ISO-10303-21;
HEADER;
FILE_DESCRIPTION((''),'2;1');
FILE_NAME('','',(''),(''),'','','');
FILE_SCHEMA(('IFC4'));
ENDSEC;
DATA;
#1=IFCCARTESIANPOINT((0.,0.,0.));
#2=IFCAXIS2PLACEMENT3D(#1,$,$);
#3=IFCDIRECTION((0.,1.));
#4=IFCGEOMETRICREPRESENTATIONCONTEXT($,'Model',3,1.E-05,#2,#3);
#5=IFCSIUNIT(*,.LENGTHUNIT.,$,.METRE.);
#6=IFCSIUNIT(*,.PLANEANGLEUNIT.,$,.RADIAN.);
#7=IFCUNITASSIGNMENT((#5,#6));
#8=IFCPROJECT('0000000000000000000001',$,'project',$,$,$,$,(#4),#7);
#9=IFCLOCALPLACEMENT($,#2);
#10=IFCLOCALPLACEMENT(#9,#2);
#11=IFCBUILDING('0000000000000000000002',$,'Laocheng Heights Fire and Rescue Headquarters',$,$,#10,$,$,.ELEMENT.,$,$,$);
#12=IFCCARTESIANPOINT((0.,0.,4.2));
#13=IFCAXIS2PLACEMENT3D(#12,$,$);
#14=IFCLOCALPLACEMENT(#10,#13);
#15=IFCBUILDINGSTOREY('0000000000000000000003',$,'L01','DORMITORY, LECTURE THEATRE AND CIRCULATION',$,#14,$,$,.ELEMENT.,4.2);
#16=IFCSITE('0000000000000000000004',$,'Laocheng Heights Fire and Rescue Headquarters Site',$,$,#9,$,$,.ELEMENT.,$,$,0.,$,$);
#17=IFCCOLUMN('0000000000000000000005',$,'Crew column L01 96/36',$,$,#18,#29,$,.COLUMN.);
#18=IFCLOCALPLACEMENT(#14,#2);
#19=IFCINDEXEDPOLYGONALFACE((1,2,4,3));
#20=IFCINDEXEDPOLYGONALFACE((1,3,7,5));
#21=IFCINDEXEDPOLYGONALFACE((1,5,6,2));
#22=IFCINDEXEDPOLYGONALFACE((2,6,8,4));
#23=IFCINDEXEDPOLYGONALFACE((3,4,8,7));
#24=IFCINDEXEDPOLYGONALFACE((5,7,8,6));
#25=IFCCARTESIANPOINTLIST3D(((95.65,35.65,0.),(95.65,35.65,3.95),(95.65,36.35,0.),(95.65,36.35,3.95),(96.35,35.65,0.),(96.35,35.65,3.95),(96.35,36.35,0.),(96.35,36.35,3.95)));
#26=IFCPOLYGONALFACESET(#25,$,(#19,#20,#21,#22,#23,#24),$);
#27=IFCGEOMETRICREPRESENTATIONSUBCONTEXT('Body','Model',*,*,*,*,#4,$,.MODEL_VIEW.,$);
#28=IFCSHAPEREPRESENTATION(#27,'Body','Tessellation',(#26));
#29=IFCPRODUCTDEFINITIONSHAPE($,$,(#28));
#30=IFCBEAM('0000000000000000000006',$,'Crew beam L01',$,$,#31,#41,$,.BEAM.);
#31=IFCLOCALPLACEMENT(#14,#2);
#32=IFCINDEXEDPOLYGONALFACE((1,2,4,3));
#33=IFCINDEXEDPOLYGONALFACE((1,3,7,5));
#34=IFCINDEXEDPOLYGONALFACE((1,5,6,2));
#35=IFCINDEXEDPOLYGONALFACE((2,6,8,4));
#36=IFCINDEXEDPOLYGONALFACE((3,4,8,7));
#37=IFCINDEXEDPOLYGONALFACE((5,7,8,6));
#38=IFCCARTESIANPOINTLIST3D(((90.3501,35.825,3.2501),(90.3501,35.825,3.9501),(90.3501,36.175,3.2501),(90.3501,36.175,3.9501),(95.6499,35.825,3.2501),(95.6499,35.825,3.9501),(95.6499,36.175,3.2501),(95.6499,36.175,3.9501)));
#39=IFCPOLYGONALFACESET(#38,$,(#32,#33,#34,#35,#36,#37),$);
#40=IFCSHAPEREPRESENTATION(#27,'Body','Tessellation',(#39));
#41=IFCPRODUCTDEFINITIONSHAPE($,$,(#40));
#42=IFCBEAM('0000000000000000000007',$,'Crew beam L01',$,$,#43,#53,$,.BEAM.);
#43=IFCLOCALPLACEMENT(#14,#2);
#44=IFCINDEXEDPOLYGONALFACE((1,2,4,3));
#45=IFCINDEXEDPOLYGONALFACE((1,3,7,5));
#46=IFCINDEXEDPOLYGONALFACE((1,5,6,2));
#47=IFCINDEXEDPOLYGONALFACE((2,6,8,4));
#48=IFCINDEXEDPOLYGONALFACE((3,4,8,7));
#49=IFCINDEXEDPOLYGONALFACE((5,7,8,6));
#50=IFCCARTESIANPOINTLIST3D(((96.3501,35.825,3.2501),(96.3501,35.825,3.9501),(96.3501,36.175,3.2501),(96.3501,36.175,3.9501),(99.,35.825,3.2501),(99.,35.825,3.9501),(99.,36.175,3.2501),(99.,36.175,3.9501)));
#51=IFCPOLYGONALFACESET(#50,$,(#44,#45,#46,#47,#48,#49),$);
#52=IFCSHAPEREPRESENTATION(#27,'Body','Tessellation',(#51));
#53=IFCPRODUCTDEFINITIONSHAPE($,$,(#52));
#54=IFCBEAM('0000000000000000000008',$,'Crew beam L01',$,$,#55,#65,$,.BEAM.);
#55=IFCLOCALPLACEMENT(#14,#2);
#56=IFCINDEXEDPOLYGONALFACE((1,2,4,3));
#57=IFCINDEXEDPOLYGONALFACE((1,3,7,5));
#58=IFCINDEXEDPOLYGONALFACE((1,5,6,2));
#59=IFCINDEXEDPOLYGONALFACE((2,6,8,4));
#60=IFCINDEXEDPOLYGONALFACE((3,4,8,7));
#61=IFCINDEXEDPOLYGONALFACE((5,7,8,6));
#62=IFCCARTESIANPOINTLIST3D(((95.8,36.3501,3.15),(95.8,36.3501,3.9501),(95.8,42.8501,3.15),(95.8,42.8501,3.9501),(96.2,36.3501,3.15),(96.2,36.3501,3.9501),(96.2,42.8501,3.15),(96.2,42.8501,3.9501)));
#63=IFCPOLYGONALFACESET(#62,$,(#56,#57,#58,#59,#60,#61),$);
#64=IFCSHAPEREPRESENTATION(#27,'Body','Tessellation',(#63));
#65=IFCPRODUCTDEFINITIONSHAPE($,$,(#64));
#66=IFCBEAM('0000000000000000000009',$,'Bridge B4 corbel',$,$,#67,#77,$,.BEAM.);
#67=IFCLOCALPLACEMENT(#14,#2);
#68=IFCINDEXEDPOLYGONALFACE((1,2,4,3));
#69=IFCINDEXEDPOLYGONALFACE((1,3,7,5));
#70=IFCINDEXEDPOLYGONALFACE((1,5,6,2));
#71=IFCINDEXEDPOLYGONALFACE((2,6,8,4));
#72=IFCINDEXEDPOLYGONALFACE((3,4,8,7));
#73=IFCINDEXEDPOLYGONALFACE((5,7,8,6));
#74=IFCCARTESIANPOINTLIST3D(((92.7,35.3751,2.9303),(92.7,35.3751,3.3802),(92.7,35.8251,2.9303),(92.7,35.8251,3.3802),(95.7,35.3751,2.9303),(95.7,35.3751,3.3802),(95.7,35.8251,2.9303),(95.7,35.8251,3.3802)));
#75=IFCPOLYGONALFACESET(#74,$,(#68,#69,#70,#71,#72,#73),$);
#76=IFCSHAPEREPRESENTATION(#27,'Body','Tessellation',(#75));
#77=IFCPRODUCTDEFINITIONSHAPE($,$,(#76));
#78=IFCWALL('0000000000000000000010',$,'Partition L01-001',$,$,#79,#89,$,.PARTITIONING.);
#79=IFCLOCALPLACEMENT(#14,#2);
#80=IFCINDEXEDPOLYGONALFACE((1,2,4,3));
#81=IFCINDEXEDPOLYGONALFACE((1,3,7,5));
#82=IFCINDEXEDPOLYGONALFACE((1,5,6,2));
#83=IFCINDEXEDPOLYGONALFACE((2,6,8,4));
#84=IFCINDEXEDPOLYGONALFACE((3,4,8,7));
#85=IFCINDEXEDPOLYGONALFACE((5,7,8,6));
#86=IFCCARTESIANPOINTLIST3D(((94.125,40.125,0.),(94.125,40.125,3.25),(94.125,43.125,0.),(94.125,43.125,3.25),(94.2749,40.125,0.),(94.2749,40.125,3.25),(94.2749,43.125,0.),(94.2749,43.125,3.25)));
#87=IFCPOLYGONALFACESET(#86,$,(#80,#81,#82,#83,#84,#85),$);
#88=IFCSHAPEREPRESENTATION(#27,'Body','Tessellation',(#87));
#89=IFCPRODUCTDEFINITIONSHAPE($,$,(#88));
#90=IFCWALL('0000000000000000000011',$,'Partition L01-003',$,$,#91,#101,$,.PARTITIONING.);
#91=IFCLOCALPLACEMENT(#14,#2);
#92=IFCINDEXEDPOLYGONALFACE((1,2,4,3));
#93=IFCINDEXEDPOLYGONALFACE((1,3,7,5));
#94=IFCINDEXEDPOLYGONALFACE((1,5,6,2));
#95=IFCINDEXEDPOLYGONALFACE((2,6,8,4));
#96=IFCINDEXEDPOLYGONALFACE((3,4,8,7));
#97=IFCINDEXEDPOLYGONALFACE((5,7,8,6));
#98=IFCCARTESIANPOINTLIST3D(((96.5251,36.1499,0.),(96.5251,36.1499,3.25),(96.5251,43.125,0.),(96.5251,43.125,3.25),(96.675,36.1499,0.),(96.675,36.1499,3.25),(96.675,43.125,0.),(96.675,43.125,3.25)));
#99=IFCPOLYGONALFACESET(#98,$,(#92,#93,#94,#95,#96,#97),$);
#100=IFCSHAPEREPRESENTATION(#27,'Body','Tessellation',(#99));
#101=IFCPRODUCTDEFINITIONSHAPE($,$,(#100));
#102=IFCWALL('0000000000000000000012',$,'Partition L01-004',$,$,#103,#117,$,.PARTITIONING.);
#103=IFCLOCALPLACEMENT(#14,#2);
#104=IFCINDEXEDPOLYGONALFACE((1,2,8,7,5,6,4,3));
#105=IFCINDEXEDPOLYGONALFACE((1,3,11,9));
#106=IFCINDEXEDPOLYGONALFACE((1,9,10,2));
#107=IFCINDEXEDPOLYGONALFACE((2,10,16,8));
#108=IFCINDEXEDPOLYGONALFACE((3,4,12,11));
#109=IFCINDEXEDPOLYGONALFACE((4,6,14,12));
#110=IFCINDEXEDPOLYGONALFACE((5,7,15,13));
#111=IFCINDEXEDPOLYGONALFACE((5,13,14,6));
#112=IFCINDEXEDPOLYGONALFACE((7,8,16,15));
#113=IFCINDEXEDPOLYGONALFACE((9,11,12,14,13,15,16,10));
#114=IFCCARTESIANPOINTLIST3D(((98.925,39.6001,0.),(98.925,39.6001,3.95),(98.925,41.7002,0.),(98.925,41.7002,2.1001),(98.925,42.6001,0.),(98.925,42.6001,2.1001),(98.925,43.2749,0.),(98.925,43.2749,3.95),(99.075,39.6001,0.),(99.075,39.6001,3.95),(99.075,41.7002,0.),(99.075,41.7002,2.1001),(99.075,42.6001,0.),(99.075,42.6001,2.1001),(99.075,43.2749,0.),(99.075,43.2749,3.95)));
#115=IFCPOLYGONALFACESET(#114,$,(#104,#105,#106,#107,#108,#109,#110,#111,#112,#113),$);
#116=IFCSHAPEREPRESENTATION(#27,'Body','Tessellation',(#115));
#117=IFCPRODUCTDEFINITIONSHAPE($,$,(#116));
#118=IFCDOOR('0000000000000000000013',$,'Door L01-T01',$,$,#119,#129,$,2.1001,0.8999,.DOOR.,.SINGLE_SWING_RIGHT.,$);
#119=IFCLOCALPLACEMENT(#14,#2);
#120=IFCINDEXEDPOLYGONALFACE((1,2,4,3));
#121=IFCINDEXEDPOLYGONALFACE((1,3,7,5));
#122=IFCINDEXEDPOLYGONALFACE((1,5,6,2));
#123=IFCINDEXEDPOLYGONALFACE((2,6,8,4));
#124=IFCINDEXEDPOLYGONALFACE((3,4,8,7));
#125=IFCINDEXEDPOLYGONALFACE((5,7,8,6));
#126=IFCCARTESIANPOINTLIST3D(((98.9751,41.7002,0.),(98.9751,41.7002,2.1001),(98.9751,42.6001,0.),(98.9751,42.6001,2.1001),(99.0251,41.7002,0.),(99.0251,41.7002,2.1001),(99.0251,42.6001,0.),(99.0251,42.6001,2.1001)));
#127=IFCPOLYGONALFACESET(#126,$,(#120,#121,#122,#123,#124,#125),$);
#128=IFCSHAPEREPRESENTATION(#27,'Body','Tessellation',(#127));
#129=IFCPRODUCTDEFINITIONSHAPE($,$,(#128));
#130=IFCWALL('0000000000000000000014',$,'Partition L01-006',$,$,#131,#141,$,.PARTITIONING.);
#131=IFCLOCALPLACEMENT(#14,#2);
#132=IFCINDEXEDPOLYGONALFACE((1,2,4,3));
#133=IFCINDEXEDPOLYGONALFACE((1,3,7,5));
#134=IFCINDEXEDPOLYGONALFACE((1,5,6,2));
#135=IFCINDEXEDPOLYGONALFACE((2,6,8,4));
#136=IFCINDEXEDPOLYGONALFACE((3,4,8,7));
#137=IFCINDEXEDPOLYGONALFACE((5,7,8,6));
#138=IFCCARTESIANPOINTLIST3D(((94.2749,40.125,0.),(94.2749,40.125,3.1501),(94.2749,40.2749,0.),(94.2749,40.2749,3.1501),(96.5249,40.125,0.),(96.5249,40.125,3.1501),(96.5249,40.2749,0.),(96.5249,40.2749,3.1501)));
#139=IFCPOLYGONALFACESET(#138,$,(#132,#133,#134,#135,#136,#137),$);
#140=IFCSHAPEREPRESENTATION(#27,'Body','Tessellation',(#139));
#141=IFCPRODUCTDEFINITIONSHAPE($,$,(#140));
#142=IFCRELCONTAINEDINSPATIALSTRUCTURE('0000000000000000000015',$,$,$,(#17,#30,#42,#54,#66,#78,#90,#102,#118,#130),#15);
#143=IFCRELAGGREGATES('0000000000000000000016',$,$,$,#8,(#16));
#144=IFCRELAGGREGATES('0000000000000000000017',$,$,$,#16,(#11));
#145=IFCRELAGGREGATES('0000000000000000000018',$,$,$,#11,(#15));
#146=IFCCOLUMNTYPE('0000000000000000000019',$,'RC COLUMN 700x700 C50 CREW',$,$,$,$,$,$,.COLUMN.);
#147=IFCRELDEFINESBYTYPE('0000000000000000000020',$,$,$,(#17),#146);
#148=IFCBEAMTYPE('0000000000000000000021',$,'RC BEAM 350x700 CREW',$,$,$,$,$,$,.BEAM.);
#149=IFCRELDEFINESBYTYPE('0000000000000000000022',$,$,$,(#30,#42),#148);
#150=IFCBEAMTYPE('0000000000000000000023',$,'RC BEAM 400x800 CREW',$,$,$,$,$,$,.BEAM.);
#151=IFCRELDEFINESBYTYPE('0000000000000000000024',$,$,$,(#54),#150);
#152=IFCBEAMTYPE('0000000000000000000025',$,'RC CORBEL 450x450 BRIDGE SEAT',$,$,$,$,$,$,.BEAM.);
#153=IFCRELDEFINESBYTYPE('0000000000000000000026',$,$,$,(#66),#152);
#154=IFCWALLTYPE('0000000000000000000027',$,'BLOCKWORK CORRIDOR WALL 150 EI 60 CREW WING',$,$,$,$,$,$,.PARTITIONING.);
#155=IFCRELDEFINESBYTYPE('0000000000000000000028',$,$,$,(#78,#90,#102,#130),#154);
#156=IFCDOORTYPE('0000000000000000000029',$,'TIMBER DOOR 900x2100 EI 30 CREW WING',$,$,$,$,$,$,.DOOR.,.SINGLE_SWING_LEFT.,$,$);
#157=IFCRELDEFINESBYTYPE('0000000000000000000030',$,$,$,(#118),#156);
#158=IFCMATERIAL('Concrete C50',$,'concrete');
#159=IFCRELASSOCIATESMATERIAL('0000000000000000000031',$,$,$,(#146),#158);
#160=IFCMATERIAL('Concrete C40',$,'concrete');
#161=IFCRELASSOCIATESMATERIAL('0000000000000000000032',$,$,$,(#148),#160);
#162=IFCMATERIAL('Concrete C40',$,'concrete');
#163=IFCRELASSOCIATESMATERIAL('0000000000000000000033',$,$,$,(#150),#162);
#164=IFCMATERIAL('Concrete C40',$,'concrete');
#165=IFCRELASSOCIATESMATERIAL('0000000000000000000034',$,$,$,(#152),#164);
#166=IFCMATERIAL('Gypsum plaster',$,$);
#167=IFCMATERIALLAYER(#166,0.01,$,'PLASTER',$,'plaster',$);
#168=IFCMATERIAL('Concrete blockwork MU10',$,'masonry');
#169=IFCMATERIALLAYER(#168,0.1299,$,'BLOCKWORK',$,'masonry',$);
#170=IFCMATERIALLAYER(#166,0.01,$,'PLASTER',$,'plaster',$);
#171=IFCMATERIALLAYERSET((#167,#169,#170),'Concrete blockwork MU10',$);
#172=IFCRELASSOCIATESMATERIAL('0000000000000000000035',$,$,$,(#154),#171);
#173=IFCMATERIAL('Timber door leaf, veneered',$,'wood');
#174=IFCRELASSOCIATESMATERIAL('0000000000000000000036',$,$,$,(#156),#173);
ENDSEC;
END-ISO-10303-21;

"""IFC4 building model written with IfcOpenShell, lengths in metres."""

from ifc_helpers import new_model, si_unit, direction, frame, frame_2d, origin, origin_2d, place, context, subcontext, project, spatial, rectangle, extrude, material, layer, layer_set, material_profile, profile_set, type_object, element, fill, save


model = new_model("IFC4")

# Units and contexts
model_context = context("Model", 3, precision=1e-05, world=origin(), true_north=direction((0.0, 1.0)))
body_context = subcontext(model_context, "Body", "Model", "MODEL_VIEW")
ifc_project = project(units=[si_unit("LENGTHUNIT", "METRE"), si_unit("PLANEANGLEUNIT", "RADIAN")], contexts=[model_context])

# Site, building, storey
site_placement = place(None, origin())
site = spatial("IfcSite", under=ifc_project, at=site_placement, Name="Laocheng Heights Fire and Rescue Headquarters Site", CompositionType="ELEMENT", RefElevation=0.0)
building_placement = place(site_placement, origin())
building = spatial("IfcBuilding", under=site, at=building_placement, Name="Laocheng Heights Fire and Rescue Headquarters", CompositionType="ELEMENT")
storey_placement = place(building_placement, frame((0.0, 0.0, 4.2)))
storey = spatial("IfcBuildingStorey", under=building, at=storey_placement, Name="L01", Description="DORMITORY, LECTURE THEATRE AND CIRCULATION", CompositionType="ELEMENT", Elevation=4.2)

# Column
ifc_material_1 = material(Name="Concrete C50", Category="concrete")
ifc_material_profile_1 = material_profile(ifc_material_1, rectangle(XDim=0.7, YDim=0.7, at=origin_2d()), Name="RC COLUMN 700x700 C50 CREW")
ifc_profile_set_1 = profile_set([ifc_material_profile_1], Name="Concrete C50")
column_type = type_object("IfcColumnType", Name="RC COLUMN 700x700 C50 CREW", PredefinedType="COLUMN", material=ifc_profile_set_1)
column_placement = place(storey_placement, frame((96.0, 36.0, 0.0), z_axis=(0.0, 0.0, 1.0), x_axis=(1.0, 0.0, 0.0)))
element("IfcColumn", 1, at=column_placement, inside=storey, type_object=column_type, Name="Crew column L01 96/36", PredefinedType="COLUMN", context=body_context, shape_type="SweptSolid", body=[
    extrude(rectangle(XDim=0.7, YDim=0.7, at=origin_2d()), origin(), (0.0, 0.0, 1.0), 3.95),
])

# Beams
ifc_material_2 = material(Name="Concrete C40", Category="concrete")
ifc_material_profile_2 = material_profile(ifc_material_2, rectangle(XDim=0.3501, YDim=0.7, at=origin_2d()), Name="RC BEAM 350x700 CREW")
ifc_profile_set_2 = profile_set([ifc_material_profile_2], Name="Concrete C40")
beam_type_1 = type_object("IfcBeamType", Name="RC BEAM 350x700 CREW", PredefinedType="BEAM", material=ifc_profile_set_2)
beam_1_placement = place(storey_placement, frame((90.3501, 36.0, 3.6001), z_axis=(1.0, 0.0, 0.0), x_axis=(0.0, 1.0, 0.0)))
element("IfcBeam", 2, at=beam_1_placement, inside=storey, type_object=beam_type_1, Name="Crew beam L01", PredefinedType="BEAM", context=body_context, shape_type="SweptSolid", body=[
    extrude(rectangle(XDim=0.3501, YDim=0.7, at=origin_2d()), origin(), (0.0, 0.0, 1.0), 5.2998),
])
beam_2_placement = place(storey_placement, frame((96.3501, 36.0, 3.6001), z_axis=(1.0, 0.0, 0.0), x_axis=(0.0, 1.0, 0.0)))
element("IfcBeam", 3, at=beam_2_placement, inside=storey, type_object=beam_type_1, Name="Crew beam L01", PredefinedType="BEAM", context=body_context, shape_type="SweptSolid", body=[
    extrude(rectangle(XDim=0.3501, YDim=0.7, at=origin_2d()), origin(), (0.0, 0.0, 1.0), 2.6499),
])
ifc_material_3 = material(Name="Concrete C40", Category="concrete")
ifc_material_profile_3 = material_profile(ifc_material_3, rectangle(XDim=0.3999, YDim=0.8, at=origin_2d()), Name="RC BEAM 400x800 CREW")
ifc_profile_set_3 = profile_set([ifc_material_profile_3], Name="Concrete C40")
beam_type_2 = type_object("IfcBeamType", Name="RC BEAM 400x800 CREW", PredefinedType="BEAM", material=ifc_profile_set_3)
beam_3_placement = place(storey_placement, frame((96.0, 36.3501, 3.55), z_axis=(0.0, 1.0, 0.0), x_axis=(-1.0, 0.0, 0.0)))
element("IfcBeam", 4, at=beam_3_placement, inside=storey, type_object=beam_type_2, Name="Crew beam L01", PredefinedType="BEAM", context=body_context, shape_type="SweptSolid", body=[
    extrude(rectangle(XDim=0.3999, YDim=0.8, at=origin_2d()), origin(), (0.0, 0.0, 1.0), 6.5),
])
ifc_material_4 = material(Name="Concrete C40", Category="concrete")
ifc_material_profile_4 = material_profile(ifc_material_4, rectangle(XDim=0.45, YDim=0.45, at=origin_2d()), Name="RC CORBEL 450x450 BRIDGE SEAT")
ifc_profile_set_4 = profile_set([ifc_material_profile_4], Name="Concrete C40")
beam_type_3 = type_object("IfcBeamType", Name="RC CORBEL 450x450 BRIDGE SEAT", PredefinedType="BEAM", material=ifc_profile_set_4)
beam_4_placement = place(storey_placement, frame((92.7, 35.6001, 3.1553), z_axis=(1.0, 0.0, 0.0), x_axis=(0.0, 1.0, 0.0)))
element("IfcBeam", 5, at=beam_4_placement, inside=storey, type_object=beam_type_3, Name="Bridge B4 corbel", PredefinedType="BEAM", context=body_context, shape_type="SweptSolid", body=[
    extrude(rectangle(XDim=0.45, YDim=0.45, at=origin_2d()), origin(), (0.0, 0.0, 1.0), 3.0),
])

# Walls
ifc_material_5 = material(Name="Gypsum plaster")
ifc_layer_1 = layer(ifc_material_5, 0.01, Name="PLASTER", Category="plaster")
ifc_material_6 = material(Name="Concrete blockwork MU10", Category="masonry")
ifc_layer_2 = layer(ifc_material_6, 0.1299, Name="BLOCKWORK", Category="masonry")
ifc_layer_3 = layer(ifc_material_5, 0.01, Name="PLASTER", Category="plaster")
ifc_layer_set_1 = layer_set([ifc_layer_1, ifc_layer_2, ifc_layer_3], Name="Concrete blockwork MU10")
wall_type_1 = type_object("IfcWallType", Name="BLOCKWORK CORRIDOR WALL 150 EI 60 CREW WING", PredefinedType="PARTITIONING", material=ifc_layer_set_1)
wall_1_placement = place(storey_placement, frame((94.2, 40.125, 0.0), z_axis=(0.0, 0.0, 1.0), x_axis=(0.0, 1.0, 0.0)))
element("IfcWall", 6, at=wall_1_placement, inside=storey, type_object=wall_type_1, Name="Partition L01-001", PredefinedType="PARTITIONING", context=body_context, shape_type="SweptSolid", body=[
    extrude(rectangle(XDim=3.0, YDim=0.1499, at=frame_2d((1.5, 0.0))), origin(), (0.0, 0.0, 1.0), 3.25),
])
wall_2_placement = place(storey_placement, frame((96.6001, 36.1499, 0.0), z_axis=(0.0, 0.0, 1.0), x_axis=(0.0, 1.0, 0.0)))
element("IfcWall", 7, at=wall_2_placement, inside=storey, type_object=wall_type_1, Name="Partition L01-003", PredefinedType="PARTITIONING", context=body_context, shape_type="SweptSolid", body=[
    extrude(rectangle(XDim=6.9751, YDim=0.1499, at=frame_2d((3.4875, 0.0))), origin(), (0.0, 0.0, 1.0), 3.25),
])

# Wall, opening, door
wall_3_placement = place(storey_placement, frame((99.0, 39.6001, 0.0), z_axis=(0.0, 0.0, 1.0), x_axis=(0.0, 1.0, 0.0)))
wall_3 = element("IfcWall", 8, at=wall_3_placement, inside=storey, type_object=wall_type_1, Name="Partition L01-004", PredefinedType="PARTITIONING", context=body_context, shape_type="SweptSolid", body=[
    extrude(rectangle(XDim=3.6748, YDim=0.1499, at=frame_2d((1.8374, 0.0))), origin(), (0.0, 0.0, 1.0), 3.95),
])
opening_1_placement = place(wall_3_placement, frame((2.1001, 0.0, 0.0)))
opening_1 = element("IfcOpeningElement", 9, at=opening_1_placement, cuts=wall_3, PredefinedType="OPENING", context=body_context, shape_type="SweptSolid", body=[
    extrude(rectangle(XDim=0.8999, YDim=2.1001, at=frame_2d((0.45, 1.05))), frame((0.0, 0.085, 0.0), z_axis=(0.0, -1.0, 0.0), x_axis=(1.0, 0.0, 0.0)), (0.0, 0.0, 1.0), 0.1699),
])
ifc_material_7 = material(Name="Timber door leaf, veneered", Category="wood")
door_type_1 = type_object("IfcDoorType", Name="TIMBER DOOR 900x2100 EI 30 CREW WING", OperationType="SINGLE_SWING_LEFT", PredefinedType="DOOR", material=ifc_material_7)
door_1_placement = place(opening_1_placement, origin())
door_1 = element("IfcDoor", 10, at=door_1_placement, inside=storey, type_object=door_type_1, Name="Door L01-T01", OperationType="SINGLE_SWING_RIGHT", OverallHeight=2.1001, OverallWidth=0.8999, PredefinedType="DOOR", context=body_context, shape_type="SweptSolid", body=[
    extrude(rectangle(XDim=0.8999, YDim=2.1001, at=frame_2d((0.45, 1.05))), frame((0.0, 0.0249, 0.0), z_axis=(0.0, -1.0, 0.0), x_axis=(1.0, 0.0, 0.0)), (0.0, 0.0, 1.0), 0.05),
])
fill(opening_1, door_1)

# Wall
wall_4_placement = place(storey_placement, frame((94.2749, 40.2, 0.0), z_axis=(0.0, 0.0, 1.0), x_axis=(1.0, 0.0, 0.0)))
element("IfcWall", 11, at=wall_4_placement, inside=storey, type_object=wall_type_1, Name="Partition L01-006", PredefinedType="PARTITIONING", context=body_context, shape_type="SweptSolid", body=[
    extrude(rectangle(XDim=2.25, YDim=0.1499, at=frame_2d((1.125, 0.0))), origin(), (0.0, 0.0, 1.0), 3.1501),
])

save(model, "model.ifc")
